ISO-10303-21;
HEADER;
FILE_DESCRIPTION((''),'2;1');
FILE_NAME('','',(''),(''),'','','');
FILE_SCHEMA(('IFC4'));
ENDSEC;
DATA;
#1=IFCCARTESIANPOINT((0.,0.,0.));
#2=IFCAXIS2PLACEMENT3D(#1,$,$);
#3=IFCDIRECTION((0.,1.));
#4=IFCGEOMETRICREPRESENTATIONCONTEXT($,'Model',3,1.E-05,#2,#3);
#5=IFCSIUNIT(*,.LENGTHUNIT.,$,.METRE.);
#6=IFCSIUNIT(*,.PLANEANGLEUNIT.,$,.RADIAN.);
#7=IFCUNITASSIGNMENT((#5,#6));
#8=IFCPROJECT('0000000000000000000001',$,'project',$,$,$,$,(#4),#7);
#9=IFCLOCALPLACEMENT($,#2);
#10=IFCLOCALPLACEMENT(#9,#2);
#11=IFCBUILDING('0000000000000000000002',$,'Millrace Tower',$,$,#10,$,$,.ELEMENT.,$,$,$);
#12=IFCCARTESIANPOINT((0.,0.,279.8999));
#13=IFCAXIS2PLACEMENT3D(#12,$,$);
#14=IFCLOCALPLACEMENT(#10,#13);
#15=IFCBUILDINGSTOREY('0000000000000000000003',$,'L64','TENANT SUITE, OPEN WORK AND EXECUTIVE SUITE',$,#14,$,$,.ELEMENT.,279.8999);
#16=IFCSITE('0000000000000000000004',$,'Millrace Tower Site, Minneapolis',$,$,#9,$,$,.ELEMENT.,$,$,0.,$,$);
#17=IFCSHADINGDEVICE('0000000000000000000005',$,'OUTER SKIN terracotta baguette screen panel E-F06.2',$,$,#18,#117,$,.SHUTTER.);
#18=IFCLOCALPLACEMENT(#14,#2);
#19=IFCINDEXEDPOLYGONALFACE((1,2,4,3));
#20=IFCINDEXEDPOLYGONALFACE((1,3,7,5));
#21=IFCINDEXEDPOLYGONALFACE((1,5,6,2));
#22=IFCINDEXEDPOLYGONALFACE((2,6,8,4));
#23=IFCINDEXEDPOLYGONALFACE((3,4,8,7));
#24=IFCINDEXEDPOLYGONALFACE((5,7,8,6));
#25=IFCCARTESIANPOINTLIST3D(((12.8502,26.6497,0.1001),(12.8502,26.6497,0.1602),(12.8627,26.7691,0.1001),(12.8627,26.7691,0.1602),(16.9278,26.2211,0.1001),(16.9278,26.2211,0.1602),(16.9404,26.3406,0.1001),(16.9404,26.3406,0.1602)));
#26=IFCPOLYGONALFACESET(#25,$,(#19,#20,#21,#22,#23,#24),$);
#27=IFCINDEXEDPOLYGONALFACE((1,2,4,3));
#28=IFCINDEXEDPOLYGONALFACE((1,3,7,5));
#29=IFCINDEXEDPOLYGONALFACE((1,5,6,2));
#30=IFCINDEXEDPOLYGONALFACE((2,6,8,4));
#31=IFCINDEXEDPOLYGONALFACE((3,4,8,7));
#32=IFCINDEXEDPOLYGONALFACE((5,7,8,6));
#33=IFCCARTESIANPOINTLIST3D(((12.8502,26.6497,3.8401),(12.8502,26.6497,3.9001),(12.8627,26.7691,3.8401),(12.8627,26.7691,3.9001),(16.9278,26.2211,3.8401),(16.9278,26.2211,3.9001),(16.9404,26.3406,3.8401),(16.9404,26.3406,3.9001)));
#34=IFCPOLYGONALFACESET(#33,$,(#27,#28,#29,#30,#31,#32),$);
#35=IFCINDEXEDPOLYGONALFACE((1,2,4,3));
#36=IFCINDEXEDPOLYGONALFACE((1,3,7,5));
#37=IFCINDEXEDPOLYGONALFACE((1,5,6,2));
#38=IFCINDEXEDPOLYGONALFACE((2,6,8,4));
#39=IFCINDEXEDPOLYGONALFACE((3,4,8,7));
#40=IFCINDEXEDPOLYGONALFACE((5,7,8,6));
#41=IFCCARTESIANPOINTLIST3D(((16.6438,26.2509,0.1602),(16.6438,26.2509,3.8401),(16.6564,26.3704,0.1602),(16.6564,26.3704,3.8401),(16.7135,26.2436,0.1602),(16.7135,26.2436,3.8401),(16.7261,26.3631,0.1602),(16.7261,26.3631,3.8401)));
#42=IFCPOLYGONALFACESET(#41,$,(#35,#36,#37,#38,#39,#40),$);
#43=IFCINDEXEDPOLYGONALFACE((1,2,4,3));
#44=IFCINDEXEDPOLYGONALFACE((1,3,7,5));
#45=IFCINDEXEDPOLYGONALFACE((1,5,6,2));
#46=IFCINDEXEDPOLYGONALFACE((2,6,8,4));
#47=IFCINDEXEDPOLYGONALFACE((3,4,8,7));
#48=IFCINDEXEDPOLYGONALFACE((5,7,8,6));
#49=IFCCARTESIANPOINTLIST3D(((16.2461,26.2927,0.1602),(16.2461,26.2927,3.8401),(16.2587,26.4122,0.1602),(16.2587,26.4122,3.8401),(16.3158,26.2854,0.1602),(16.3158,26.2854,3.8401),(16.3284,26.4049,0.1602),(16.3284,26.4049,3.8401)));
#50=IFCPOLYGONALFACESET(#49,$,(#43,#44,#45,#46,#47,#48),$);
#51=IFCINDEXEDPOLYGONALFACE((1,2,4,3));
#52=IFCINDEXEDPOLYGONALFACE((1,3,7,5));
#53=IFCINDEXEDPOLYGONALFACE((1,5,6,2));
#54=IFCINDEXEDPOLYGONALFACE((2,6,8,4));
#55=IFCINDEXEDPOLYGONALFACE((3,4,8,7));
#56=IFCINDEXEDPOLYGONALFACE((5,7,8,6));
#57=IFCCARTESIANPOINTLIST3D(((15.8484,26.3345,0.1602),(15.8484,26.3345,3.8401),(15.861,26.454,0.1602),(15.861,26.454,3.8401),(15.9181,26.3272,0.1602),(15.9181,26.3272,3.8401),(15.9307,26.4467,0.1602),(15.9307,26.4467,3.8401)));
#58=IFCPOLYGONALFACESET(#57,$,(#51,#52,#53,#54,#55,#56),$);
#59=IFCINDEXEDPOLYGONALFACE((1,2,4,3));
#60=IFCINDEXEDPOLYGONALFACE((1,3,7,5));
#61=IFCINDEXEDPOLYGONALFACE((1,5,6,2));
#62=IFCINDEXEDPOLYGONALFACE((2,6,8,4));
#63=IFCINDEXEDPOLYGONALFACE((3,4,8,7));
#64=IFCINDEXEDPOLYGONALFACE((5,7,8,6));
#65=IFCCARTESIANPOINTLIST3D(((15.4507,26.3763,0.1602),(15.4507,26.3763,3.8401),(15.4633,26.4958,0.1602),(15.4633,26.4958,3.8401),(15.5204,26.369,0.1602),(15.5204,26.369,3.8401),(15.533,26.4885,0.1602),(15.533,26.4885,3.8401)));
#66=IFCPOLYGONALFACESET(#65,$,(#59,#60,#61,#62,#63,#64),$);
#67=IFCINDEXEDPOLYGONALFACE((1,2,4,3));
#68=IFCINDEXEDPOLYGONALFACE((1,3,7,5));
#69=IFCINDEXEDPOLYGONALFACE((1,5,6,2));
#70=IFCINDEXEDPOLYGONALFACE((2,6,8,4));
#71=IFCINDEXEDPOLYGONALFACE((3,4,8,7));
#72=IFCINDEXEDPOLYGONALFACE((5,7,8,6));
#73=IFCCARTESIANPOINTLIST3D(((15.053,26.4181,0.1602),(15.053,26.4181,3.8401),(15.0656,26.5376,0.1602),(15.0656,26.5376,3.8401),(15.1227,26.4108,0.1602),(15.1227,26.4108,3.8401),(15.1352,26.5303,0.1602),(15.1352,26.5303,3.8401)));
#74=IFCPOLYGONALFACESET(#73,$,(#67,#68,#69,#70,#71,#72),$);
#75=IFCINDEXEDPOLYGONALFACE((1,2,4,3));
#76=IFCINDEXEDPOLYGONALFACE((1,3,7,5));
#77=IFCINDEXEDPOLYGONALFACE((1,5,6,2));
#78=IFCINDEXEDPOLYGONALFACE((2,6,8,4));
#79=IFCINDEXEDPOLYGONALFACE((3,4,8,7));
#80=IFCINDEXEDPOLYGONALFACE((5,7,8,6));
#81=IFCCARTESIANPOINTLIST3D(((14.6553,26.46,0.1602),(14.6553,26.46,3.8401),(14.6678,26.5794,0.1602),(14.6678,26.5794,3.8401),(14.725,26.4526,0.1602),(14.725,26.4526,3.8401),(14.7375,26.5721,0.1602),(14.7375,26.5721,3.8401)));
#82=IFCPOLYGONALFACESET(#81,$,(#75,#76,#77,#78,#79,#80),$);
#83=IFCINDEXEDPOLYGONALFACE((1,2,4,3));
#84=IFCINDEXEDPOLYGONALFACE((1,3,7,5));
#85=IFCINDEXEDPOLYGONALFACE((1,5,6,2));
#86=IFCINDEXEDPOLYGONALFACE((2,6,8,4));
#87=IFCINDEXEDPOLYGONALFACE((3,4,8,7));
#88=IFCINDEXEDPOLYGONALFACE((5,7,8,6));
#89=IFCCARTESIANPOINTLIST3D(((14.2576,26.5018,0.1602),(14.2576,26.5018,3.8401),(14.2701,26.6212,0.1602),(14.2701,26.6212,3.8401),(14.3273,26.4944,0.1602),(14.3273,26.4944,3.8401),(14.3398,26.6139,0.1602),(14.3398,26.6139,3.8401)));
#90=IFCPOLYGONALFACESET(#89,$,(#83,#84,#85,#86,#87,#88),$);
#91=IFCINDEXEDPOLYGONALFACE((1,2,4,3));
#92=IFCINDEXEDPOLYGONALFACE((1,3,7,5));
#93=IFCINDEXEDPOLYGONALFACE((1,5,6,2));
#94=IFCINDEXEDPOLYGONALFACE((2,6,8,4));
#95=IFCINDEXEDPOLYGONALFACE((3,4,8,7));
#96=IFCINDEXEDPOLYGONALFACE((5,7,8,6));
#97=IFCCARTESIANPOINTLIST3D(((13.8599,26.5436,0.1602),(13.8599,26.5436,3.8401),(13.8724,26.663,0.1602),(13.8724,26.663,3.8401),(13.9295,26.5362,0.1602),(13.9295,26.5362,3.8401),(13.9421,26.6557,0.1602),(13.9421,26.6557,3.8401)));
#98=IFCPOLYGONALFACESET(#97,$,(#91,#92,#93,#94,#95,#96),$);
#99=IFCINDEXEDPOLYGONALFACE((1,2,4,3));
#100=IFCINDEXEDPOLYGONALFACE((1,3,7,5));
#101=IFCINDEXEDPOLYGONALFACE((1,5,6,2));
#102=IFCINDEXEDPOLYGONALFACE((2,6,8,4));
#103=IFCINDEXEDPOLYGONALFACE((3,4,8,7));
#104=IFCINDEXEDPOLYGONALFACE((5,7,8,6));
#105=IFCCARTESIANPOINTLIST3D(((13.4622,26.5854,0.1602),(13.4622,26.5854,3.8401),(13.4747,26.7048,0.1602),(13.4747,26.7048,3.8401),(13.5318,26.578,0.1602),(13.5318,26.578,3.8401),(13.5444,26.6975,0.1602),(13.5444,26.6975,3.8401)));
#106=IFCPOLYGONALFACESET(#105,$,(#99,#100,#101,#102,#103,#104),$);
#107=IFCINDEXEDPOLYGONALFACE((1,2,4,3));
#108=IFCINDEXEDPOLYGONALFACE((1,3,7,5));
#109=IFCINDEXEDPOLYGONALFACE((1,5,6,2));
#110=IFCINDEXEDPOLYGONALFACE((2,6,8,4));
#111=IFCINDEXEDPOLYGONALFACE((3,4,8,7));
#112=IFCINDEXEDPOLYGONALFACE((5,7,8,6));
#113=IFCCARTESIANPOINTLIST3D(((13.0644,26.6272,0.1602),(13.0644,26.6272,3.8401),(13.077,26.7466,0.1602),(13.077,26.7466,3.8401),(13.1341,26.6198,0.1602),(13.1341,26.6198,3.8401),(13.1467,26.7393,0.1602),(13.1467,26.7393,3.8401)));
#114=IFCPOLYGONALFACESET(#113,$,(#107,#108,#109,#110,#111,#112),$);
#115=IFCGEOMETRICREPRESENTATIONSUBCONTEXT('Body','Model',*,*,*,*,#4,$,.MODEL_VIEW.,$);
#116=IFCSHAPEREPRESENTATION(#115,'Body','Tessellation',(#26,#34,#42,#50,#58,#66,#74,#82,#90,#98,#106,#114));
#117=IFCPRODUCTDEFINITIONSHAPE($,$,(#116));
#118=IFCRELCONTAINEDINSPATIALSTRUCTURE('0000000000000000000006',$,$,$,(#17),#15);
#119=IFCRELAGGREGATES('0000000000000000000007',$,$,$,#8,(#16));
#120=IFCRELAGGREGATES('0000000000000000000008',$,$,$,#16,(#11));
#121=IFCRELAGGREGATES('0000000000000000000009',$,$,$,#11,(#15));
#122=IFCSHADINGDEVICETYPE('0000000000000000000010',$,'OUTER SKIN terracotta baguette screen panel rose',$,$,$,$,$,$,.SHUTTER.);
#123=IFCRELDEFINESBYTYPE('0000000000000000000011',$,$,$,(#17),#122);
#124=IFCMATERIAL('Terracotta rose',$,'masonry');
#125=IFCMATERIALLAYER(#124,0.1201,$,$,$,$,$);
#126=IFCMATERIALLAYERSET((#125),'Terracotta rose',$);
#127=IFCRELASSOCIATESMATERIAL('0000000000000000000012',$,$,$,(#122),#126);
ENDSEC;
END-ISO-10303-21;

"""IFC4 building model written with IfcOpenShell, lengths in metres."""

from ifc_helpers import new_model, entity, si_unit, direction, frame, frame_2d, origin, place, context, subcontext, project, spatial, rectangle, extrude, source, transform, mapped, material, layer, layer_set, type_object, element, save


model = new_model("IFC4")

# Units and contexts
model_context = context("Model", 3, precision=1e-05, world=origin(), true_north=direction((0.0, 1.0)))
body_context = subcontext(model_context, "Body", "Model", "MODEL_VIEW")
ifc_project = project(units=[si_unit("LENGTHUNIT", "METRE"), si_unit("PLANEANGLEUNIT", "RADIAN")], contexts=[model_context])

# Site, building, storey
site_placement = place(None, origin())
site = spatial("IfcSite", under=ifc_project, at=site_placement, Name="Millrace Tower Site, Minneapolis", CompositionType="ELEMENT", RefElevation=0.0)
building_placement = place(site_placement, origin())
building = spatial("IfcBuilding", under=site, at=building_placement, Name="Millrace Tower", CompositionType="ELEMENT")
storey_placement = place(building_placement, frame((0.0, 0.0, 279.8999)))
storey = spatial("IfcBuildingStorey", under=building, at=storey_placement, Name="L64", Description="TENANT SUITE, OPEN WORK AND EXECUTIVE SUITE", CompositionType="ELEMENT", Elevation=279.8999)

# Shading device
ifc_material_1 = material(Name="Terracotta rose", Category="masonry")
ifc_layer_1 = layer(ifc_material_1, 0.1201)
ifc_layer_set_1 = layer_set([ifc_layer_1], Name="Terracotta rose")
shading_device_type = type_object("IfcShadingDeviceType", Name="OUTER SKIN terracotta baguette screen panel rose", PredefinedType="SHUTTER", material=ifc_layer_set_1)
cartesian_point_1 = entity("IfcCartesianPoint", [-2.05, 0.0601])
shared_polyline_1 = entity("IfcPolyline", [cartesian_point_1, entity("IfcCartesianPoint", [2.05, 0.0601]), entity("IfcCartesianPoint", [2.05, -0.0601]), entity("IfcCartesianPoint", [-2.05, -0.0601]), cartesian_point_1])
shared_shape_1 = source(origin(), body_context, "Body", "SweptSolid", [
    entity("IfcExtrudedAreaSolid", entity("IfcArbitraryClosedProfileDef", "AREA", None, shared_polyline_1), entity("IfcAxis2Placement3D", entity("IfcCartesianPoint", [0.0, 0.0, 0.0])), entity("IfcDirection", [0.0, 0.0, 1.0]), 0.0601),
    entity("IfcExtrudedAreaSolid", entity("IfcArbitraryClosedProfileDef", "AREA", None, shared_polyline_1), entity("IfcAxis2Placement3D", entity("IfcCartesianPoint", [0.0, 0.0, 3.74])), entity("IfcDirection", [0.0, 0.0, 1.0]), 0.0601),
    extrude(rectangle(XDim=0.0701, YDim=0.1201, at=frame_2d((-1.7996, 0.0))), frame((0.0, 0.0, 0.0601)), (0.0, 0.0, 1.0), 3.6799),
    extrude(rectangle(XDim=0.0701, YDim=0.1201, at=frame_2d((-1.3997, 0.0))), frame((0.0, 0.0, 0.0601)), (0.0, 0.0, 1.0), 3.6799),
    extrude(rectangle(XDim=0.0701, YDim=0.1201, at=frame_2d((-0.9998, 0.0))), frame((0.0, 0.0, 0.0601)), (0.0, 0.0, 1.0), 3.6799),
    extrude(rectangle(XDim=0.0701, YDim=0.1201, at=frame_2d((-0.5999, 0.0))), frame((0.0, 0.0, 0.0601)), (0.0, 0.0, 1.0), 3.6799),
    extrude(rectangle(XDim=0.0701, YDim=0.1201, at=frame_2d((-0.2, 0.0))), frame((0.0, 0.0, 0.0601)), (0.0, 0.0, 1.0), 3.6799),
    extrude(rectangle(XDim=0.0701, YDim=0.1201, at=frame_2d((0.2, 0.0))), frame((0.0, 0.0, 0.0601)), (0.0, 0.0, 1.0), 3.6799),
    extrude(rectangle(XDim=0.0701, YDim=0.1201, at=frame_2d((0.5999, 0.0))), frame((0.0, 0.0, 0.0601)), (0.0, 0.0, 1.0), 3.6799),
    extrude(rectangle(XDim=0.0701, YDim=0.1201, at=frame_2d((0.9998, 0.0))), frame((0.0, 0.0, 0.0601)), (0.0, 0.0, 1.0), 3.6799),
    extrude(rectangle(XDim=0.0701, YDim=0.1201, at=frame_2d((1.3997, 0.0))), frame((0.0, 0.0, 0.0601)), (0.0, 0.0, 1.0), 3.6799),
    extrude(rectangle(XDim=0.0701, YDim=0.1201, at=frame_2d((1.7996, 0.0))), frame((0.0, 0.0, 0.0601)), (0.0, 0.0, 1.0), 3.6799),
])
for number, where, z_axis, x_axis, name in (
    (1, (14.8953, 26.4951, 0.1001), (0.0, 0.0, 1.0), (-0.994522, 0.104528, 0.0), "OUTER SKIN terracotta baguette screen panel E-F06.2"),
):
    element("IfcShadingDevice", number, at=place(storey_placement, frame(where, z_axis=z_axis, x_axis=x_axis)), inside=storey, type_object=shading_device_type, Name=name, PredefinedType="SHUTTER", context=body_context, shape_type="MappedRepresentation", body=[
        mapped(shared_shape_1, transform((0.0, 0.0, 0.0), scale=1.0)),
    ])

save(model, "model.ifc")
